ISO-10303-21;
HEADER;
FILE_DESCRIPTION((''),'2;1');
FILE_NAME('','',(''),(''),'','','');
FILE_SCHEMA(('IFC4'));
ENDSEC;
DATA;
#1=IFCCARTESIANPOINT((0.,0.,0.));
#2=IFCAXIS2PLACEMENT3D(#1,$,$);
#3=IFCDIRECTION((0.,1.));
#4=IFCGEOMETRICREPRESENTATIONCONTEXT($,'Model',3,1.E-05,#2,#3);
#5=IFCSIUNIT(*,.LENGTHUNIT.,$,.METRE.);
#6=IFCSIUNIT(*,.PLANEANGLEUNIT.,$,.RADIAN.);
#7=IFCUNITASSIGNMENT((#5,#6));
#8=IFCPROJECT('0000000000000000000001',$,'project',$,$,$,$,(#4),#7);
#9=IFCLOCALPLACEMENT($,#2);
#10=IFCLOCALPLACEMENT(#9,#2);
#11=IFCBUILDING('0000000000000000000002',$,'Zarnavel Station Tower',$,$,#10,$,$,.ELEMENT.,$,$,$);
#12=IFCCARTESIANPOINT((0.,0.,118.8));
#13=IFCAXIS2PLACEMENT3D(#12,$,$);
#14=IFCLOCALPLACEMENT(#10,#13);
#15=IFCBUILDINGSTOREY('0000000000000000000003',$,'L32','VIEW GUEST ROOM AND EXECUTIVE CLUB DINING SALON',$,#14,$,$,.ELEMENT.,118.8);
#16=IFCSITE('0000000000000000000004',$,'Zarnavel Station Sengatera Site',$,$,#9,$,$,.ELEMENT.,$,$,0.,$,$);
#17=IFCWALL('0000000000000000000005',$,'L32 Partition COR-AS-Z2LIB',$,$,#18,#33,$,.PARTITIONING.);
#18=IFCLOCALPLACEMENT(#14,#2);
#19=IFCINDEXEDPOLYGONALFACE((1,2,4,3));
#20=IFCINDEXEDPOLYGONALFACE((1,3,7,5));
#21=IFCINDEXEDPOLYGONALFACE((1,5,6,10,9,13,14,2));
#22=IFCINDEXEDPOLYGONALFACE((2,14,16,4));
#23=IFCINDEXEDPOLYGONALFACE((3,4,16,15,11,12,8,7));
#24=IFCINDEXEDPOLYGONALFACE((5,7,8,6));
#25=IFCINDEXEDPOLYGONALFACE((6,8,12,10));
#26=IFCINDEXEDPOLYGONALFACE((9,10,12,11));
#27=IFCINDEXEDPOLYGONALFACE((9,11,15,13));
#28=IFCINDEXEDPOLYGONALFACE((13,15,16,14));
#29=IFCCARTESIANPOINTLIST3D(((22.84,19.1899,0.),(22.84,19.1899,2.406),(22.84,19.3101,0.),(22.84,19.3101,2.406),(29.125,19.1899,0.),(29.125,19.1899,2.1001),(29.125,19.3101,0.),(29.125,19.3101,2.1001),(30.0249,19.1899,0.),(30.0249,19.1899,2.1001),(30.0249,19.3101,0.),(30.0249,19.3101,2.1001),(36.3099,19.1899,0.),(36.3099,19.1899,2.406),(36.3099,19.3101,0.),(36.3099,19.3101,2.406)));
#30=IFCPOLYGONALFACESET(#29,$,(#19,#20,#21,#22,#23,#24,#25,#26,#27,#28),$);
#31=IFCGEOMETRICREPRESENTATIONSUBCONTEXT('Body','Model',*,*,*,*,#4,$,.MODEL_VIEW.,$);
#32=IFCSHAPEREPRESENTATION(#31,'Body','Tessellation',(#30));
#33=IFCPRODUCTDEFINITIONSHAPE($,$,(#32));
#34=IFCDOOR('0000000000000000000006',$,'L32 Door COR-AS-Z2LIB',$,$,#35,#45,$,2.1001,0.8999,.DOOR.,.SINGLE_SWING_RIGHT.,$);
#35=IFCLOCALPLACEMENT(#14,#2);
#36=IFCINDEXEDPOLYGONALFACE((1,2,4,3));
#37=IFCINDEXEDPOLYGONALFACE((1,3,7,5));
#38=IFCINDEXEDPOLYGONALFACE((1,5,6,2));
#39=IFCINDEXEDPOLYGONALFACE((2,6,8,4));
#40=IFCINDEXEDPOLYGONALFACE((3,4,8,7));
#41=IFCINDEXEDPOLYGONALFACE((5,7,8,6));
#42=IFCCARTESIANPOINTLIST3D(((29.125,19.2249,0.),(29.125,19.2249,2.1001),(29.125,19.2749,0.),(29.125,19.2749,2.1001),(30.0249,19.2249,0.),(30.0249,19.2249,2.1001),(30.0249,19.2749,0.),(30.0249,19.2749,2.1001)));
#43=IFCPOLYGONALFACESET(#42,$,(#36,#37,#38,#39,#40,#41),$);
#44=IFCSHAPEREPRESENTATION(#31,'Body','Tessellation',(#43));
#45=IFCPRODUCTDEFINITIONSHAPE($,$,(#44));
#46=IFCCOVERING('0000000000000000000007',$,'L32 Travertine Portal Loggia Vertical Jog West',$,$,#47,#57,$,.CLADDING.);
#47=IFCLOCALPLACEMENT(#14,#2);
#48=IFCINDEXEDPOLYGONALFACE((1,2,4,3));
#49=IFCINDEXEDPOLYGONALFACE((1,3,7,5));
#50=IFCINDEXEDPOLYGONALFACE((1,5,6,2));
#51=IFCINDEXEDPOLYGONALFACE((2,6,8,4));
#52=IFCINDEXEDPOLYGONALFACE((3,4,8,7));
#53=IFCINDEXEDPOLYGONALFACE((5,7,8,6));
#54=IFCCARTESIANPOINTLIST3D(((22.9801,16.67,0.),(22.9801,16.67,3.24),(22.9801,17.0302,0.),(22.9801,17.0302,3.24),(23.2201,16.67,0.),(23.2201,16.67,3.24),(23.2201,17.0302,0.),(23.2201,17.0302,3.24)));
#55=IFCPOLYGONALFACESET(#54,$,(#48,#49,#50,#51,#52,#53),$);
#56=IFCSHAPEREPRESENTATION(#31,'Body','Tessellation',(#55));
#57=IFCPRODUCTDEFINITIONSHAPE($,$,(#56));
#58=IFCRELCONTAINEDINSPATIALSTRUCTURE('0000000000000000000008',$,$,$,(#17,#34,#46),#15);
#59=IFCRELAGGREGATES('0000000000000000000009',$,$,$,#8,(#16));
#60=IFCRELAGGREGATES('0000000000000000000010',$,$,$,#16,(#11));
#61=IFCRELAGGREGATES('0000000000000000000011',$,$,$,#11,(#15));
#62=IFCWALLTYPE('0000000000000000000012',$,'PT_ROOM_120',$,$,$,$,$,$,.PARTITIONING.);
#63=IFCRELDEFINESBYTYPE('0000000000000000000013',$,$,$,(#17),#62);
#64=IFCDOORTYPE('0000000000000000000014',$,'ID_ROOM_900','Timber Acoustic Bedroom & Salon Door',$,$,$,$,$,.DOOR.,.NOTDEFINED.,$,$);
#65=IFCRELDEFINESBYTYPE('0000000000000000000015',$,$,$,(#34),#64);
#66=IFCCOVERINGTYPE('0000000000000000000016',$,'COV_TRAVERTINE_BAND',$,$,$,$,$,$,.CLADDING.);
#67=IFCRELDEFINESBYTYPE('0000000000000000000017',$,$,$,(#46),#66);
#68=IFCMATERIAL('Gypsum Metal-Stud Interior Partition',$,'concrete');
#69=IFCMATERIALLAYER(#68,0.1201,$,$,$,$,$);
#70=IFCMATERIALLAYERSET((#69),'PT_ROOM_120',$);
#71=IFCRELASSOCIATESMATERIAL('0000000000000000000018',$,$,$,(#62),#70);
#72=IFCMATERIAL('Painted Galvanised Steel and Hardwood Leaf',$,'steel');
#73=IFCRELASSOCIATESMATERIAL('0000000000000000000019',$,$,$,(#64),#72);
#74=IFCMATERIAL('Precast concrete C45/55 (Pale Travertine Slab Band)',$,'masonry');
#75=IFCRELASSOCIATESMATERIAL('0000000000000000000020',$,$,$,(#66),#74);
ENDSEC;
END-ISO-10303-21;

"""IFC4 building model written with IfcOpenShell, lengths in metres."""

from ifc_helpers import new_model, si_unit, direction, frame, frame_2d, origin, origin_2d, place, context, subcontext, project, spatial, rectangle, extrude, material, layer, layer_set, type_object, element, fill, save


model = new_model("IFC4")

# Units and contexts
model_context = context("Model", 3, precision=1e-05, world=origin(), true_north=direction((0.0, 1.0)))
body_context = subcontext(model_context, "Body", "Model", "MODEL_VIEW")
ifc_project = project(units=[si_unit("LENGTHUNIT", "METRE"), si_unit("PLANEANGLEUNIT", "RADIAN")], contexts=[model_context])

# Site, building, storey
site_placement = place(None, origin())
site = spatial("IfcSite", under=ifc_project, at=site_placement, Name="Zarnavel Station Sengatera Site", CompositionType="ELEMENT", RefElevation=0.0)
building_placement = place(site_placement, origin())
building = spatial("IfcBuilding", under=site, at=building_placement, Name="Zarnavel Station Tower", CompositionType="ELEMENT")
storey_placement = place(building_placement, frame((0.0, 0.0, 118.8)))
storey = spatial("IfcBuildingStorey", under=building, at=storey_placement, Name="L32", Description="VIEW GUEST ROOM AND EXECUTIVE CLUB DINING SALON", CompositionType="ELEMENT", Elevation=118.8)

# Wall, opening, door
ifc_material_1 = material(Name="Gypsum Metal-Stud Interior Partition", Category="concrete")
ifc_layer_1 = layer(ifc_material_1, 0.1201)
ifc_layer_set_1 = layer_set([ifc_layer_1], Name="PT_ROOM_120")
wall_type_1 = type_object("IfcWallType", Name="PT_ROOM_120", PredefinedType="PARTITIONING", material=ifc_layer_set_1)
wall_1_placement = place(storey_placement, frame((22.8401, 19.25, 0.0), z_axis=(0.0, 0.0, 1.0), x_axis=(1.0, 0.0, 0.0)))
wall_1 = element("IfcWall", 1, at=wall_1_placement, inside=storey, type_object=wall_type_1, Name="L32 Partition COR-AS-Z2LIB", PredefinedType="PARTITIONING", context=body_context, shape_type="SweptSolid", body=[
    extrude(rectangle(XDim=13.47, YDim=0.1201, at=frame_2d((6.7349, 0.0))), origin(), (0.0, 0.0, 1.0), 2.406),
])
opening_placement = place(wall_1_placement, frame((6.2849, 0.0, 0.0)))
opening = element("IfcOpeningElement", 2, at=opening_placement, cuts=wall_1, PredefinedType="OPENING", context=body_context, shape_type="SweptSolid", body=[
    extrude(rectangle(XDim=0.8999, YDim=2.1001, at=frame_2d((0.45, 1.05))), frame((0.0, 0.0701, 0.0), z_axis=(0.0, -1.0, 0.0), x_axis=(1.0, 0.0, 0.0)), (0.0, 0.0, 1.0), 0.1401),
])
ifc_material_2 = material(Name="Painted Galvanised Steel and Hardwood Leaf", Category="steel")
door_type = type_object("IfcDoorType", Name="ID_ROOM_900", Description="Timber Acoustic Bedroom & Salon Door", OperationType="NOTDEFINED", PredefinedType="DOOR", material=ifc_material_2)
door_placement = place(opening_placement, origin())
door = element("IfcDoor", 3, at=door_placement, inside=storey, type_object=door_type, Name="L32 Door COR-AS-Z2LIB", OperationType="SINGLE_SWING_RIGHT", OverallHeight=2.1001, OverallWidth=0.8999, PredefinedType="DOOR", context=body_context, shape_type="SweptSolid", body=[
    extrude(rectangle(XDim=0.8999, YDim=2.1001, at=frame_2d((0.45, 1.05))), frame((0.0, 0.0249, 0.0), z_axis=(0.0, -1.0, 0.0), x_axis=(1.0, 0.0, 0.0)), (0.0, 0.0, 1.0), 0.05),
])
fill(opening, door)

# Covering
ifc_material_3 = material(Name="Precast concrete C45/55 (Pale Travertine Slab Band)", Category="masonry")
covering_type = type_object("IfcCoveringType", Name="COV_TRAVERTINE_BAND", PredefinedType="CLADDING", material=ifc_material_3)
covering_placement = place(storey_placement, frame((23.1001, 16.8501, 0.0), z_axis=(0.0, 0.0, 1.0), x_axis=(1.0, 0.0, 0.0)))
element("IfcCovering", 4, at=covering_placement, inside=storey, type_object=covering_type, Name="L32 Travertine Portal Loggia Vertical Jog West", PredefinedType="CLADDING", context=body_context, shape_type="SweptSolid", body=[
    extrude(rectangle(XDim=0.24, YDim=0.3601, at=origin_2d()), origin(), (0.0, 0.0, 1.0), 3.24),
])

save(model, "model.ifc")
